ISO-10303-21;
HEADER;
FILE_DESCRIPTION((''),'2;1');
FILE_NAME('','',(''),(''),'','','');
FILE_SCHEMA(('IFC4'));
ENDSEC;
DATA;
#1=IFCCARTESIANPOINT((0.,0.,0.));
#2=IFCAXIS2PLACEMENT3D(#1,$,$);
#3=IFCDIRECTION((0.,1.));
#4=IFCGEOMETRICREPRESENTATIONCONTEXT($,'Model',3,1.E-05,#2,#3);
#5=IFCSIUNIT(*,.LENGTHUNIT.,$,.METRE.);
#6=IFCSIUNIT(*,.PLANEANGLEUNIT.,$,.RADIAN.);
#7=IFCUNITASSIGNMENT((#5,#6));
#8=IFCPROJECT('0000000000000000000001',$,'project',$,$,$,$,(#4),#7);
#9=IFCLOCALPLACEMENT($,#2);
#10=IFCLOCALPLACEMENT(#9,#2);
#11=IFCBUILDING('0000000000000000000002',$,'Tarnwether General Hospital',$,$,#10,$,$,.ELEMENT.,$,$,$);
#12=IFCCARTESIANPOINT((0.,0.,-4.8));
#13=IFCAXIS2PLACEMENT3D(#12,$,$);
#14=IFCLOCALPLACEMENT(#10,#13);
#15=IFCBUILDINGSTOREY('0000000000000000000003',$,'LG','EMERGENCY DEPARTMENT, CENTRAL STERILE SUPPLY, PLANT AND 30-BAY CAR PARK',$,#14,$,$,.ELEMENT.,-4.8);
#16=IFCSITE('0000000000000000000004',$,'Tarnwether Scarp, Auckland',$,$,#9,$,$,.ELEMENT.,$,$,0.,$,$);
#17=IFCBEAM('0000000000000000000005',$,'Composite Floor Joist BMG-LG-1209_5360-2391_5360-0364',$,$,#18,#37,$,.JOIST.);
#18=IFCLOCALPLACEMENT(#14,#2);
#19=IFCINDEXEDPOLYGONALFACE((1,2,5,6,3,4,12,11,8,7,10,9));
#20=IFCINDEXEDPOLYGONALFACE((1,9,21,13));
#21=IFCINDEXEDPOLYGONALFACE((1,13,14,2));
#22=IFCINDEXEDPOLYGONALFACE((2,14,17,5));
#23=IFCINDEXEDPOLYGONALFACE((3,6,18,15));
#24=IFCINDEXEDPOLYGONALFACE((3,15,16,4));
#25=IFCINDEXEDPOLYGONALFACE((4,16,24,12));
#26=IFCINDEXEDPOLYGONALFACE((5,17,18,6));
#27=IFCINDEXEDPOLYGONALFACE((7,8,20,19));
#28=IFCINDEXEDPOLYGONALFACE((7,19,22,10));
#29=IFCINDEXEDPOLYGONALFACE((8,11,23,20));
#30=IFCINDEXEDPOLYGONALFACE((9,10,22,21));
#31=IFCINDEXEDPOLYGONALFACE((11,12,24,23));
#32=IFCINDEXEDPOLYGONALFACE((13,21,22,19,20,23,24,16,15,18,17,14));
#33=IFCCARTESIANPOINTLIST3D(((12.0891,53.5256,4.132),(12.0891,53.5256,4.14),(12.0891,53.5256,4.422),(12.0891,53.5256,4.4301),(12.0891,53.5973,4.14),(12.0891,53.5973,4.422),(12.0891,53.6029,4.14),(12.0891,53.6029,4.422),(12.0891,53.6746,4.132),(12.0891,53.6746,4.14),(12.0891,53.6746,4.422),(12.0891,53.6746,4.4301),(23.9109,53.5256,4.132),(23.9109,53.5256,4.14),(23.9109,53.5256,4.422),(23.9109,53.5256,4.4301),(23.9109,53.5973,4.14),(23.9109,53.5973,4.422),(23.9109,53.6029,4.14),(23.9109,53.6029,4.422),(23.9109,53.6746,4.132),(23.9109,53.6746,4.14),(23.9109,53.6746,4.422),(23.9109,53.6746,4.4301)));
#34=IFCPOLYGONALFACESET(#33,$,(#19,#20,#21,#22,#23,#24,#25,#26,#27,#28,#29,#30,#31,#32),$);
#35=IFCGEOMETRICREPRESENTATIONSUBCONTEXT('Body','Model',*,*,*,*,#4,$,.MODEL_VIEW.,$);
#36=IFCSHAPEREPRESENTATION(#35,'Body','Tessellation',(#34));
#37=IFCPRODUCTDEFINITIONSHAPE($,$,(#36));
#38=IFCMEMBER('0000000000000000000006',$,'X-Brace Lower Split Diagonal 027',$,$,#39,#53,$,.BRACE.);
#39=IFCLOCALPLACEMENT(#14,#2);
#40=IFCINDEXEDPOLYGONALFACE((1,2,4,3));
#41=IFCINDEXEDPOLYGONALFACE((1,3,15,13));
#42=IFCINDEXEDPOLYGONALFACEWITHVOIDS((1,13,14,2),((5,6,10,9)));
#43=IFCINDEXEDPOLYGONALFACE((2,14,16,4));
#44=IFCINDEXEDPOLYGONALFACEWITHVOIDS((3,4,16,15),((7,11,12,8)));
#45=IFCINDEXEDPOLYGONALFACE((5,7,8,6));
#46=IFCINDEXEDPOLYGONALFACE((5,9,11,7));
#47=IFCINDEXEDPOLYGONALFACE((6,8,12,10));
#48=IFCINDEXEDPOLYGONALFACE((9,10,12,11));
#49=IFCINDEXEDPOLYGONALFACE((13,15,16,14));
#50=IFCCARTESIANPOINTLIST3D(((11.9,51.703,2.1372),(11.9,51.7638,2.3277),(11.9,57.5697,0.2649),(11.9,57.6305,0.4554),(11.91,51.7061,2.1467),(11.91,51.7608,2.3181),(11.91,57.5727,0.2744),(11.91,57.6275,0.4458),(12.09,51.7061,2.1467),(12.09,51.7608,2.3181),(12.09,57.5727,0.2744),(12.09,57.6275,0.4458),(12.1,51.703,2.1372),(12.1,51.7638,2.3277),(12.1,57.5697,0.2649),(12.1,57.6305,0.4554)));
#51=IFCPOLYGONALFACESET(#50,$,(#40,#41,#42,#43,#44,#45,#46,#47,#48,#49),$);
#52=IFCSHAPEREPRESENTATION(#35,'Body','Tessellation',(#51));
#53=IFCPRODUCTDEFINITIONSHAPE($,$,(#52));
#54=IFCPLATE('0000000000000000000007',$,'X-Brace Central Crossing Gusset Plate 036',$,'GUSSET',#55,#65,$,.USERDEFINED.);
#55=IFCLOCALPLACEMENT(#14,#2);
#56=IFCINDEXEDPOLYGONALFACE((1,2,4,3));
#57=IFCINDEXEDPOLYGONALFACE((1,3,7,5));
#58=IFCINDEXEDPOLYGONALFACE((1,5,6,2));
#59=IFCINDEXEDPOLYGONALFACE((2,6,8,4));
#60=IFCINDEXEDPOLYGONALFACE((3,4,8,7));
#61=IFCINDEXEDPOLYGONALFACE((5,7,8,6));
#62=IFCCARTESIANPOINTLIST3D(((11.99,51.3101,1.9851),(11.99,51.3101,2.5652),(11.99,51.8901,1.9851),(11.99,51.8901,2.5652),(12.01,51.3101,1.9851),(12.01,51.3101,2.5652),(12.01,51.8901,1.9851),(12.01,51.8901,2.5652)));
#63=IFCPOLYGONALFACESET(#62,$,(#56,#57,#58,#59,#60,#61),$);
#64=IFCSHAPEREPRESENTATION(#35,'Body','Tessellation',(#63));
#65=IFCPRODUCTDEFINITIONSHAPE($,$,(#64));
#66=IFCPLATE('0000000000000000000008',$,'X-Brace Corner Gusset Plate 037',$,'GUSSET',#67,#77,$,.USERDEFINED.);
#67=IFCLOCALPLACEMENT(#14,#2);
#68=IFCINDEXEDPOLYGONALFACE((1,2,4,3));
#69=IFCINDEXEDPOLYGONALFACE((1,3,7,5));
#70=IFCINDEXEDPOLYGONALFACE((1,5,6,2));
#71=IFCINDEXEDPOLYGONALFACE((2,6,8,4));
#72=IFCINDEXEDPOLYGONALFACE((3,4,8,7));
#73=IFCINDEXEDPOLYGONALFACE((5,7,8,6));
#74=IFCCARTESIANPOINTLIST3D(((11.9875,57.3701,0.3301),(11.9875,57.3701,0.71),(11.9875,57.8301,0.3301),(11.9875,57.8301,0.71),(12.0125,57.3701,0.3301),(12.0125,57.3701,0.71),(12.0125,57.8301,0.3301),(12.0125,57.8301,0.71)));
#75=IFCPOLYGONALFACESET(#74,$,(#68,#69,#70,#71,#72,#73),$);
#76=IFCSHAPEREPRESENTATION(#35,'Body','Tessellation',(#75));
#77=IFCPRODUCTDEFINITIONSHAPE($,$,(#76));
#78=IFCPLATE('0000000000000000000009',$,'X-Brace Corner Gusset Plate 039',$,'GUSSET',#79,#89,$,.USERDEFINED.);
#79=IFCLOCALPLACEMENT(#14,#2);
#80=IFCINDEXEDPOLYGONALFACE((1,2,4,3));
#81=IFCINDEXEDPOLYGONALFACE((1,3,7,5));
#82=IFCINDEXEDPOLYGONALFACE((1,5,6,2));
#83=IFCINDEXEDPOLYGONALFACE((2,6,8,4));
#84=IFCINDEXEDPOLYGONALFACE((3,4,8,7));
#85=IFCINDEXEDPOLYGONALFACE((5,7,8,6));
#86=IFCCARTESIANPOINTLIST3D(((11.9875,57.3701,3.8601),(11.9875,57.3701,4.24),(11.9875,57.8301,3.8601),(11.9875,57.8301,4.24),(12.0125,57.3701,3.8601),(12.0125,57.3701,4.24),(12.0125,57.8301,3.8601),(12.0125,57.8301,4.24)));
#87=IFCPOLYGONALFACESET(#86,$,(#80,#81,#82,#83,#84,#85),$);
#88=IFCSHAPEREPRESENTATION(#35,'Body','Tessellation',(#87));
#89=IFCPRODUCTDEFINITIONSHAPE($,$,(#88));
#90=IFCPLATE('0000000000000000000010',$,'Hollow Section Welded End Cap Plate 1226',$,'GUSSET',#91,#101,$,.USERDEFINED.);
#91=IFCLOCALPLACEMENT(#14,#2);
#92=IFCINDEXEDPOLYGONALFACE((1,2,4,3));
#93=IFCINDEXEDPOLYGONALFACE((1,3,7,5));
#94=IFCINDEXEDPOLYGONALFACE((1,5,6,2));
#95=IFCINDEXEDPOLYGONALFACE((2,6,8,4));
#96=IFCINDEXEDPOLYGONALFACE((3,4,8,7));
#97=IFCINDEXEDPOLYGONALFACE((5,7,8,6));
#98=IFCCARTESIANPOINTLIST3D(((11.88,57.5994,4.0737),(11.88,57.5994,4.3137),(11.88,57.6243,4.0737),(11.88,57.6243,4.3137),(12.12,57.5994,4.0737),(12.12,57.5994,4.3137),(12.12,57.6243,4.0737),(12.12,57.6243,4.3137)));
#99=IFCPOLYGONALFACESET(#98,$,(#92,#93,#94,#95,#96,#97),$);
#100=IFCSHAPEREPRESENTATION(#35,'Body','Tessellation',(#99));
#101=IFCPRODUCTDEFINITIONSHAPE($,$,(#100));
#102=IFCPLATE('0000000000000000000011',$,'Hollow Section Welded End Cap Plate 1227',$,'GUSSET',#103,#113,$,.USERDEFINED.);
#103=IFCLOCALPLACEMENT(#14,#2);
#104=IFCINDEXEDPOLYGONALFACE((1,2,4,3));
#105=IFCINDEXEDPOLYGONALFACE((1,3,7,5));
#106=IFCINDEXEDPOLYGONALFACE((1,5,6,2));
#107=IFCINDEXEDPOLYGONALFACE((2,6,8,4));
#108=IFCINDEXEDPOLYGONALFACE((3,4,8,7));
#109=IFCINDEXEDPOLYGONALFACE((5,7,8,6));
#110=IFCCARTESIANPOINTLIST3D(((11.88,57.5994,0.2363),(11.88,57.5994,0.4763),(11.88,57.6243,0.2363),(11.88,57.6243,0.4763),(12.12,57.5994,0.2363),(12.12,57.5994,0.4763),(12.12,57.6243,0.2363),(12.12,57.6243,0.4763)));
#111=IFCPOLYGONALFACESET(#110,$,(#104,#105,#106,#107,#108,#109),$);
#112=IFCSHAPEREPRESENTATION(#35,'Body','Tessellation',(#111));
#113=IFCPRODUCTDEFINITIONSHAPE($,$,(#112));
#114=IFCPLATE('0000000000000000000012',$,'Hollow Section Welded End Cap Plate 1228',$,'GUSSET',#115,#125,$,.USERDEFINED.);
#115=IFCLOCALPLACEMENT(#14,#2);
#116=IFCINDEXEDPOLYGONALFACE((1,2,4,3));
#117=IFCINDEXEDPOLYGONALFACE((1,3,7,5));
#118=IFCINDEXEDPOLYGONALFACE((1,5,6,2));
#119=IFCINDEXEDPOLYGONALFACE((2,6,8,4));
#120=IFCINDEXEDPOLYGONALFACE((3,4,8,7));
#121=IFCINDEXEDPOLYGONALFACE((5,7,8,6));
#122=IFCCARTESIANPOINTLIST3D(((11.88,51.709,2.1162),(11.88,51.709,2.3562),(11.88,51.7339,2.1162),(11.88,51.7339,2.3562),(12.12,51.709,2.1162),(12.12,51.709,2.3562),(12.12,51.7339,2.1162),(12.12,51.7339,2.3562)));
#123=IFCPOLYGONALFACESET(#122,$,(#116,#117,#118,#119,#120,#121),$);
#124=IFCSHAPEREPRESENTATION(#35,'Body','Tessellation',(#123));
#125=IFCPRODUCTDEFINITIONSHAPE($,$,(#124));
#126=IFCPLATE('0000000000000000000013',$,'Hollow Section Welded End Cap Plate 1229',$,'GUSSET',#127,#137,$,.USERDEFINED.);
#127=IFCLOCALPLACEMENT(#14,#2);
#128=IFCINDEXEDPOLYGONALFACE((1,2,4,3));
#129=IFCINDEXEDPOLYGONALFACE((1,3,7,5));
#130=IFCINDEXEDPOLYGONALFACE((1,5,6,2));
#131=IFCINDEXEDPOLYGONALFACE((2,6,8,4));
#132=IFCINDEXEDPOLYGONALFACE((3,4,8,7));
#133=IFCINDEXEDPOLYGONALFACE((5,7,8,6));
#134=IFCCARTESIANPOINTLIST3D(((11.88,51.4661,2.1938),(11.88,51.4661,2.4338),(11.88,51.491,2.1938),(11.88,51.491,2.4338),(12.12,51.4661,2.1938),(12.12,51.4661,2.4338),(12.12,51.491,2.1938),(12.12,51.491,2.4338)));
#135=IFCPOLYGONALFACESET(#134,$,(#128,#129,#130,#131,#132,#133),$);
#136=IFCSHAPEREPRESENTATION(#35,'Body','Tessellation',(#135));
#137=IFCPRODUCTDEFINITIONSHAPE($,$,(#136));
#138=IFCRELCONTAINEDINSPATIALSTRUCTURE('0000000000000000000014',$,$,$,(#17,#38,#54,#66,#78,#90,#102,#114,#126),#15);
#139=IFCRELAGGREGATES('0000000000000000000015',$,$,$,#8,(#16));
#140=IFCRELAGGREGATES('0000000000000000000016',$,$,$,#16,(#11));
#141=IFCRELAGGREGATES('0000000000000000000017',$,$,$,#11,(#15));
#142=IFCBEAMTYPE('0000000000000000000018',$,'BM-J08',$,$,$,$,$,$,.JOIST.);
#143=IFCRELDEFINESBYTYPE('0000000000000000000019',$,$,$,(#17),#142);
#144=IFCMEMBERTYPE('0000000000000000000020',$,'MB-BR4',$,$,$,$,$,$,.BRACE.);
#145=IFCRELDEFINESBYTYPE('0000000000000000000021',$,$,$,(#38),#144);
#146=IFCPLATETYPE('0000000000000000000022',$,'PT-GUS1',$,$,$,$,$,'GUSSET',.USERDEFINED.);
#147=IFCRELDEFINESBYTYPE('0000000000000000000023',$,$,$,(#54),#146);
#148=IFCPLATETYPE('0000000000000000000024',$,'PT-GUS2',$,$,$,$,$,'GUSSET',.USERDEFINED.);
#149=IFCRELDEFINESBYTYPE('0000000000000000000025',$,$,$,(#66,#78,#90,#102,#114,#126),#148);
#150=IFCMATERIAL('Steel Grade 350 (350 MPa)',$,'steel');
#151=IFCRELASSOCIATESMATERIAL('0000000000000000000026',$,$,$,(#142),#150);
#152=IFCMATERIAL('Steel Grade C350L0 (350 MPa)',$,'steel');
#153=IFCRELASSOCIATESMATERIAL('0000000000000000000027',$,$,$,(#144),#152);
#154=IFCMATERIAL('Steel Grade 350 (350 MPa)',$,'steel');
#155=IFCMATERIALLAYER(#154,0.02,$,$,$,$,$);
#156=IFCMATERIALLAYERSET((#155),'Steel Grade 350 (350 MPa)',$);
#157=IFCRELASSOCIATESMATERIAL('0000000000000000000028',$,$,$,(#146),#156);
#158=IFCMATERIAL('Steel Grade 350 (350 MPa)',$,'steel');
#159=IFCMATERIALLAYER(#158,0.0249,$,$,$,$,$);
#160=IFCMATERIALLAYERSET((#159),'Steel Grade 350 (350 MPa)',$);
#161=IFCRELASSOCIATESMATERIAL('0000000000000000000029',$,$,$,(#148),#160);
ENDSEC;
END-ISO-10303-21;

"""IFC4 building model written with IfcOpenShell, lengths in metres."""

from ifc_helpers import new_model, si_unit, direction, frame, origin, origin_2d, place, context, subcontext, project, spatial, rectangle, hollow_rectangle, i_section, extrude, material, layer, layer_set, material_profile, profile_set, type_object, element, save


model = new_model("IFC4")

# Units and contexts
model_context = context("Model", 3, precision=1e-05, world=origin(), true_north=direction((0.0, 1.0)))
body_context = subcontext(model_context, "Body", "Model", "MODEL_VIEW")
ifc_project = project(units=[si_unit("LENGTHUNIT", "METRE"), si_unit("PLANEANGLEUNIT", "RADIAN")], contexts=[model_context])

# Site, building, storey
site_placement = place(None, origin())
site = spatial("IfcSite", under=ifc_project, at=site_placement, Name="Tarnwether Scarp, Auckland", CompositionType="ELEMENT", RefElevation=0.0)
building_placement = place(site_placement, origin())
building = spatial("IfcBuilding", under=site, at=building_placement, Name="Tarnwether General Hospital", CompositionType="ELEMENT")
storey_placement = place(building_placement, frame((0.0, 0.0, -4.8)))
storey = spatial("IfcBuildingStorey", under=building, at=storey_placement, Name="LG", Description="EMERGENCY DEPARTMENT, CENTRAL STERILE SUPPLY, PLANT AND 30-BAY CAR PARK", CompositionType="ELEMENT", Elevation=-4.8)

# Beam
ifc_material_1 = material(Name="Steel Grade 350 (350 MPa)", Category="steel")
ifc_material_profile_1 = material_profile(ifc_material_1, i_section(OverallWidth=0.1489, OverallDepth=0.2981, WebThickness=0.0056, FlangeThickness=0.0081, at=origin_2d()), Name="310UB32.0")
ifc_profile_set_1 = profile_set([ifc_material_profile_1], Name="Steel Grade 350 (350 MPa)")
beam_type_1 = type_object("IfcBeamType", Name="BM-J08", PredefinedType="JOIST", material=ifc_profile_set_1)
beam_1_placement = place(storey_placement, frame((12.0891, 53.6001, 4.281), z_axis=(1.0, 0.0, 0.0), x_axis=(0.0, 1.0, 0.0)))
element("IfcBeam", 1, at=beam_1_placement, inside=storey, type_object=beam_type_1, Name="Composite Floor Joist BMG-LG-1209_5360-2391_5360-0364", PredefinedType="JOIST", context=body_context, shape_type="SweptSolid", body=[
    extrude(i_section(OverallWidth=0.1489, OverallDepth=0.2981, WebThickness=0.0056, FlangeThickness=0.0081, at=origin_2d()), origin(), (0.0, 0.0, 1.0), 11.8218),
])

# Member
ifc_material_2 = material(Name="Steel Grade C350L0 (350 MPa)", Category="steel")
ifc_material_profile_2 = material_profile(ifc_material_2, hollow_rectangle(XDim=0.2, YDim=0.2, WallThickness=0.01, at=origin_2d()), Name="SHS200x200x10")
ifc_profile_set_2 = profile_set([ifc_material_profile_2], Name="Steel Grade C350L0 (350 MPa)")
member_type = type_object("IfcMemberType", Name="MB-BR4", PredefinedType="BRACE", material=ifc_profile_set_2)
member_placement = place(storey_placement, frame((12.0, 57.6001, 0.3601), z_axis=(0.0, -0.952661, 0.304035), x_axis=(1.0, 0.0, 0.0)))
element("IfcMember", 2, at=member_placement, inside=storey, type_object=member_type, Name="X-Brace Lower Split Diagonal 027", PredefinedType="BRACE", context=body_context, shape_type="SweptSolid", body=[
    extrude(hollow_rectangle(XDim=0.2, YDim=0.2, WallThickness=0.01, at=origin_2d()), origin(), (0.0, 0.0, 1.0), 6.1582),
])

# Plates
ifc_material_3 = material(Name="Steel Grade 350 (350 MPa)", Category="steel")
ifc_layer_1 = layer(ifc_material_3, 0.02)
ifc_layer_set_1 = layer_set([ifc_layer_1], Name="Steel Grade 350 (350 MPa)")
plate_type_1 = type_object("IfcPlateType", Name="PT-GUS1", ElementType="GUSSET", PredefinedType="USERDEFINED", material=ifc_layer_set_1)
plate_placement = place(storey_placement, frame((12.0, 51.6001, 1.9851), z_axis=(0.0, 0.0, 1.0), x_axis=(0.0, 1.0, 0.0)))
element("IfcPlate", 3, at=plate_placement, inside=storey, type_object=plate_type_1, Name="X-Brace Central Crossing Gusset Plate 036", ObjectType="GUSSET", PredefinedType="USERDEFINED", context=body_context, shape_type="SweptSolid", body=[
    extrude(rectangle(XDim=0.5801, YDim=0.02, at=origin_2d()), origin(), (0.0, 0.0, 1.0), 0.5801),
])
ifc_material_4 = material(Name="Steel Grade 350 (350 MPa)", Category="steel")
ifc_layer_2 = layer(ifc_material_4, 0.0249)
ifc_layer_set_2 = layer_set([ifc_layer_2], Name="Steel Grade 350 (350 MPa)")
plate_type_2 = type_object("IfcPlateType", Name="PT-GUS2", ElementType="GUSSET", PredefinedType="USERDEFINED", material=ifc_layer_set_2)
for number, where, z_axis, x_axis, name in (
    (4, (12.0, 57.6001, 0.3301), (0.0, 0.0, 1.0), (0.0, 1.0, 0.0), "X-Brace Corner Gusset Plate 037"),
    (5, (12.0, 57.6001, 3.8601), (0.0, 0.0, 1.0), (0.0, 1.0, 0.0), "X-Brace Corner Gusset Plate 039"),
):
    element("IfcPlate", number, at=place(storey_placement, frame(where, z_axis=z_axis, x_axis=x_axis)), inside=storey, type_object=plate_type_2, Name=name, ObjectType="GUSSET", PredefinedType="USERDEFINED", context=body_context, shape_type="SweptSolid", body=[
        extrude(rectangle(XDim=0.46, YDim=0.0249, at=origin_2d()), origin(), (0.0, 0.0, 1.0), 0.3799),
    ])
for number, where, z_axis, x_axis, name in (
    (6, (12.0, 57.6118, 4.0737), (0.0, 0.0, 1.0), (0.0, 1.0, 0.0), "Hollow Section Welded End Cap Plate 1226"),
    (7, (12.0, 57.6118, 0.2363), (0.0, 0.0, 1.0), (0.0, -1.0, 0.0), "Hollow Section Welded End Cap Plate 1227"),
    (8, (12.0, 51.7214, 2.1162), (0.0, 0.0, 1.0), (0.0, -1.0, 0.0), "Hollow Section Welded End Cap Plate 1228"),
    (9, (12.0, 51.4785, 2.1938), (0.0, 0.0, 1.0), (0.0, -1.0, 0.0), "Hollow Section Welded End Cap Plate 1229"),
):
    element("IfcPlate", number, at=place(storey_placement, frame(where, z_axis=z_axis, x_axis=x_axis)), inside=storey, type_object=plate_type_2, Name=name, ObjectType="GUSSET", PredefinedType="USERDEFINED", context=body_context, shape_type="SweptSolid", body=[
        extrude(rectangle(XDim=0.0249, YDim=0.24, at=origin_2d()), origin(), (0.0, 0.0, 1.0), 0.24),
    ])

save(model, "model.ifc")
